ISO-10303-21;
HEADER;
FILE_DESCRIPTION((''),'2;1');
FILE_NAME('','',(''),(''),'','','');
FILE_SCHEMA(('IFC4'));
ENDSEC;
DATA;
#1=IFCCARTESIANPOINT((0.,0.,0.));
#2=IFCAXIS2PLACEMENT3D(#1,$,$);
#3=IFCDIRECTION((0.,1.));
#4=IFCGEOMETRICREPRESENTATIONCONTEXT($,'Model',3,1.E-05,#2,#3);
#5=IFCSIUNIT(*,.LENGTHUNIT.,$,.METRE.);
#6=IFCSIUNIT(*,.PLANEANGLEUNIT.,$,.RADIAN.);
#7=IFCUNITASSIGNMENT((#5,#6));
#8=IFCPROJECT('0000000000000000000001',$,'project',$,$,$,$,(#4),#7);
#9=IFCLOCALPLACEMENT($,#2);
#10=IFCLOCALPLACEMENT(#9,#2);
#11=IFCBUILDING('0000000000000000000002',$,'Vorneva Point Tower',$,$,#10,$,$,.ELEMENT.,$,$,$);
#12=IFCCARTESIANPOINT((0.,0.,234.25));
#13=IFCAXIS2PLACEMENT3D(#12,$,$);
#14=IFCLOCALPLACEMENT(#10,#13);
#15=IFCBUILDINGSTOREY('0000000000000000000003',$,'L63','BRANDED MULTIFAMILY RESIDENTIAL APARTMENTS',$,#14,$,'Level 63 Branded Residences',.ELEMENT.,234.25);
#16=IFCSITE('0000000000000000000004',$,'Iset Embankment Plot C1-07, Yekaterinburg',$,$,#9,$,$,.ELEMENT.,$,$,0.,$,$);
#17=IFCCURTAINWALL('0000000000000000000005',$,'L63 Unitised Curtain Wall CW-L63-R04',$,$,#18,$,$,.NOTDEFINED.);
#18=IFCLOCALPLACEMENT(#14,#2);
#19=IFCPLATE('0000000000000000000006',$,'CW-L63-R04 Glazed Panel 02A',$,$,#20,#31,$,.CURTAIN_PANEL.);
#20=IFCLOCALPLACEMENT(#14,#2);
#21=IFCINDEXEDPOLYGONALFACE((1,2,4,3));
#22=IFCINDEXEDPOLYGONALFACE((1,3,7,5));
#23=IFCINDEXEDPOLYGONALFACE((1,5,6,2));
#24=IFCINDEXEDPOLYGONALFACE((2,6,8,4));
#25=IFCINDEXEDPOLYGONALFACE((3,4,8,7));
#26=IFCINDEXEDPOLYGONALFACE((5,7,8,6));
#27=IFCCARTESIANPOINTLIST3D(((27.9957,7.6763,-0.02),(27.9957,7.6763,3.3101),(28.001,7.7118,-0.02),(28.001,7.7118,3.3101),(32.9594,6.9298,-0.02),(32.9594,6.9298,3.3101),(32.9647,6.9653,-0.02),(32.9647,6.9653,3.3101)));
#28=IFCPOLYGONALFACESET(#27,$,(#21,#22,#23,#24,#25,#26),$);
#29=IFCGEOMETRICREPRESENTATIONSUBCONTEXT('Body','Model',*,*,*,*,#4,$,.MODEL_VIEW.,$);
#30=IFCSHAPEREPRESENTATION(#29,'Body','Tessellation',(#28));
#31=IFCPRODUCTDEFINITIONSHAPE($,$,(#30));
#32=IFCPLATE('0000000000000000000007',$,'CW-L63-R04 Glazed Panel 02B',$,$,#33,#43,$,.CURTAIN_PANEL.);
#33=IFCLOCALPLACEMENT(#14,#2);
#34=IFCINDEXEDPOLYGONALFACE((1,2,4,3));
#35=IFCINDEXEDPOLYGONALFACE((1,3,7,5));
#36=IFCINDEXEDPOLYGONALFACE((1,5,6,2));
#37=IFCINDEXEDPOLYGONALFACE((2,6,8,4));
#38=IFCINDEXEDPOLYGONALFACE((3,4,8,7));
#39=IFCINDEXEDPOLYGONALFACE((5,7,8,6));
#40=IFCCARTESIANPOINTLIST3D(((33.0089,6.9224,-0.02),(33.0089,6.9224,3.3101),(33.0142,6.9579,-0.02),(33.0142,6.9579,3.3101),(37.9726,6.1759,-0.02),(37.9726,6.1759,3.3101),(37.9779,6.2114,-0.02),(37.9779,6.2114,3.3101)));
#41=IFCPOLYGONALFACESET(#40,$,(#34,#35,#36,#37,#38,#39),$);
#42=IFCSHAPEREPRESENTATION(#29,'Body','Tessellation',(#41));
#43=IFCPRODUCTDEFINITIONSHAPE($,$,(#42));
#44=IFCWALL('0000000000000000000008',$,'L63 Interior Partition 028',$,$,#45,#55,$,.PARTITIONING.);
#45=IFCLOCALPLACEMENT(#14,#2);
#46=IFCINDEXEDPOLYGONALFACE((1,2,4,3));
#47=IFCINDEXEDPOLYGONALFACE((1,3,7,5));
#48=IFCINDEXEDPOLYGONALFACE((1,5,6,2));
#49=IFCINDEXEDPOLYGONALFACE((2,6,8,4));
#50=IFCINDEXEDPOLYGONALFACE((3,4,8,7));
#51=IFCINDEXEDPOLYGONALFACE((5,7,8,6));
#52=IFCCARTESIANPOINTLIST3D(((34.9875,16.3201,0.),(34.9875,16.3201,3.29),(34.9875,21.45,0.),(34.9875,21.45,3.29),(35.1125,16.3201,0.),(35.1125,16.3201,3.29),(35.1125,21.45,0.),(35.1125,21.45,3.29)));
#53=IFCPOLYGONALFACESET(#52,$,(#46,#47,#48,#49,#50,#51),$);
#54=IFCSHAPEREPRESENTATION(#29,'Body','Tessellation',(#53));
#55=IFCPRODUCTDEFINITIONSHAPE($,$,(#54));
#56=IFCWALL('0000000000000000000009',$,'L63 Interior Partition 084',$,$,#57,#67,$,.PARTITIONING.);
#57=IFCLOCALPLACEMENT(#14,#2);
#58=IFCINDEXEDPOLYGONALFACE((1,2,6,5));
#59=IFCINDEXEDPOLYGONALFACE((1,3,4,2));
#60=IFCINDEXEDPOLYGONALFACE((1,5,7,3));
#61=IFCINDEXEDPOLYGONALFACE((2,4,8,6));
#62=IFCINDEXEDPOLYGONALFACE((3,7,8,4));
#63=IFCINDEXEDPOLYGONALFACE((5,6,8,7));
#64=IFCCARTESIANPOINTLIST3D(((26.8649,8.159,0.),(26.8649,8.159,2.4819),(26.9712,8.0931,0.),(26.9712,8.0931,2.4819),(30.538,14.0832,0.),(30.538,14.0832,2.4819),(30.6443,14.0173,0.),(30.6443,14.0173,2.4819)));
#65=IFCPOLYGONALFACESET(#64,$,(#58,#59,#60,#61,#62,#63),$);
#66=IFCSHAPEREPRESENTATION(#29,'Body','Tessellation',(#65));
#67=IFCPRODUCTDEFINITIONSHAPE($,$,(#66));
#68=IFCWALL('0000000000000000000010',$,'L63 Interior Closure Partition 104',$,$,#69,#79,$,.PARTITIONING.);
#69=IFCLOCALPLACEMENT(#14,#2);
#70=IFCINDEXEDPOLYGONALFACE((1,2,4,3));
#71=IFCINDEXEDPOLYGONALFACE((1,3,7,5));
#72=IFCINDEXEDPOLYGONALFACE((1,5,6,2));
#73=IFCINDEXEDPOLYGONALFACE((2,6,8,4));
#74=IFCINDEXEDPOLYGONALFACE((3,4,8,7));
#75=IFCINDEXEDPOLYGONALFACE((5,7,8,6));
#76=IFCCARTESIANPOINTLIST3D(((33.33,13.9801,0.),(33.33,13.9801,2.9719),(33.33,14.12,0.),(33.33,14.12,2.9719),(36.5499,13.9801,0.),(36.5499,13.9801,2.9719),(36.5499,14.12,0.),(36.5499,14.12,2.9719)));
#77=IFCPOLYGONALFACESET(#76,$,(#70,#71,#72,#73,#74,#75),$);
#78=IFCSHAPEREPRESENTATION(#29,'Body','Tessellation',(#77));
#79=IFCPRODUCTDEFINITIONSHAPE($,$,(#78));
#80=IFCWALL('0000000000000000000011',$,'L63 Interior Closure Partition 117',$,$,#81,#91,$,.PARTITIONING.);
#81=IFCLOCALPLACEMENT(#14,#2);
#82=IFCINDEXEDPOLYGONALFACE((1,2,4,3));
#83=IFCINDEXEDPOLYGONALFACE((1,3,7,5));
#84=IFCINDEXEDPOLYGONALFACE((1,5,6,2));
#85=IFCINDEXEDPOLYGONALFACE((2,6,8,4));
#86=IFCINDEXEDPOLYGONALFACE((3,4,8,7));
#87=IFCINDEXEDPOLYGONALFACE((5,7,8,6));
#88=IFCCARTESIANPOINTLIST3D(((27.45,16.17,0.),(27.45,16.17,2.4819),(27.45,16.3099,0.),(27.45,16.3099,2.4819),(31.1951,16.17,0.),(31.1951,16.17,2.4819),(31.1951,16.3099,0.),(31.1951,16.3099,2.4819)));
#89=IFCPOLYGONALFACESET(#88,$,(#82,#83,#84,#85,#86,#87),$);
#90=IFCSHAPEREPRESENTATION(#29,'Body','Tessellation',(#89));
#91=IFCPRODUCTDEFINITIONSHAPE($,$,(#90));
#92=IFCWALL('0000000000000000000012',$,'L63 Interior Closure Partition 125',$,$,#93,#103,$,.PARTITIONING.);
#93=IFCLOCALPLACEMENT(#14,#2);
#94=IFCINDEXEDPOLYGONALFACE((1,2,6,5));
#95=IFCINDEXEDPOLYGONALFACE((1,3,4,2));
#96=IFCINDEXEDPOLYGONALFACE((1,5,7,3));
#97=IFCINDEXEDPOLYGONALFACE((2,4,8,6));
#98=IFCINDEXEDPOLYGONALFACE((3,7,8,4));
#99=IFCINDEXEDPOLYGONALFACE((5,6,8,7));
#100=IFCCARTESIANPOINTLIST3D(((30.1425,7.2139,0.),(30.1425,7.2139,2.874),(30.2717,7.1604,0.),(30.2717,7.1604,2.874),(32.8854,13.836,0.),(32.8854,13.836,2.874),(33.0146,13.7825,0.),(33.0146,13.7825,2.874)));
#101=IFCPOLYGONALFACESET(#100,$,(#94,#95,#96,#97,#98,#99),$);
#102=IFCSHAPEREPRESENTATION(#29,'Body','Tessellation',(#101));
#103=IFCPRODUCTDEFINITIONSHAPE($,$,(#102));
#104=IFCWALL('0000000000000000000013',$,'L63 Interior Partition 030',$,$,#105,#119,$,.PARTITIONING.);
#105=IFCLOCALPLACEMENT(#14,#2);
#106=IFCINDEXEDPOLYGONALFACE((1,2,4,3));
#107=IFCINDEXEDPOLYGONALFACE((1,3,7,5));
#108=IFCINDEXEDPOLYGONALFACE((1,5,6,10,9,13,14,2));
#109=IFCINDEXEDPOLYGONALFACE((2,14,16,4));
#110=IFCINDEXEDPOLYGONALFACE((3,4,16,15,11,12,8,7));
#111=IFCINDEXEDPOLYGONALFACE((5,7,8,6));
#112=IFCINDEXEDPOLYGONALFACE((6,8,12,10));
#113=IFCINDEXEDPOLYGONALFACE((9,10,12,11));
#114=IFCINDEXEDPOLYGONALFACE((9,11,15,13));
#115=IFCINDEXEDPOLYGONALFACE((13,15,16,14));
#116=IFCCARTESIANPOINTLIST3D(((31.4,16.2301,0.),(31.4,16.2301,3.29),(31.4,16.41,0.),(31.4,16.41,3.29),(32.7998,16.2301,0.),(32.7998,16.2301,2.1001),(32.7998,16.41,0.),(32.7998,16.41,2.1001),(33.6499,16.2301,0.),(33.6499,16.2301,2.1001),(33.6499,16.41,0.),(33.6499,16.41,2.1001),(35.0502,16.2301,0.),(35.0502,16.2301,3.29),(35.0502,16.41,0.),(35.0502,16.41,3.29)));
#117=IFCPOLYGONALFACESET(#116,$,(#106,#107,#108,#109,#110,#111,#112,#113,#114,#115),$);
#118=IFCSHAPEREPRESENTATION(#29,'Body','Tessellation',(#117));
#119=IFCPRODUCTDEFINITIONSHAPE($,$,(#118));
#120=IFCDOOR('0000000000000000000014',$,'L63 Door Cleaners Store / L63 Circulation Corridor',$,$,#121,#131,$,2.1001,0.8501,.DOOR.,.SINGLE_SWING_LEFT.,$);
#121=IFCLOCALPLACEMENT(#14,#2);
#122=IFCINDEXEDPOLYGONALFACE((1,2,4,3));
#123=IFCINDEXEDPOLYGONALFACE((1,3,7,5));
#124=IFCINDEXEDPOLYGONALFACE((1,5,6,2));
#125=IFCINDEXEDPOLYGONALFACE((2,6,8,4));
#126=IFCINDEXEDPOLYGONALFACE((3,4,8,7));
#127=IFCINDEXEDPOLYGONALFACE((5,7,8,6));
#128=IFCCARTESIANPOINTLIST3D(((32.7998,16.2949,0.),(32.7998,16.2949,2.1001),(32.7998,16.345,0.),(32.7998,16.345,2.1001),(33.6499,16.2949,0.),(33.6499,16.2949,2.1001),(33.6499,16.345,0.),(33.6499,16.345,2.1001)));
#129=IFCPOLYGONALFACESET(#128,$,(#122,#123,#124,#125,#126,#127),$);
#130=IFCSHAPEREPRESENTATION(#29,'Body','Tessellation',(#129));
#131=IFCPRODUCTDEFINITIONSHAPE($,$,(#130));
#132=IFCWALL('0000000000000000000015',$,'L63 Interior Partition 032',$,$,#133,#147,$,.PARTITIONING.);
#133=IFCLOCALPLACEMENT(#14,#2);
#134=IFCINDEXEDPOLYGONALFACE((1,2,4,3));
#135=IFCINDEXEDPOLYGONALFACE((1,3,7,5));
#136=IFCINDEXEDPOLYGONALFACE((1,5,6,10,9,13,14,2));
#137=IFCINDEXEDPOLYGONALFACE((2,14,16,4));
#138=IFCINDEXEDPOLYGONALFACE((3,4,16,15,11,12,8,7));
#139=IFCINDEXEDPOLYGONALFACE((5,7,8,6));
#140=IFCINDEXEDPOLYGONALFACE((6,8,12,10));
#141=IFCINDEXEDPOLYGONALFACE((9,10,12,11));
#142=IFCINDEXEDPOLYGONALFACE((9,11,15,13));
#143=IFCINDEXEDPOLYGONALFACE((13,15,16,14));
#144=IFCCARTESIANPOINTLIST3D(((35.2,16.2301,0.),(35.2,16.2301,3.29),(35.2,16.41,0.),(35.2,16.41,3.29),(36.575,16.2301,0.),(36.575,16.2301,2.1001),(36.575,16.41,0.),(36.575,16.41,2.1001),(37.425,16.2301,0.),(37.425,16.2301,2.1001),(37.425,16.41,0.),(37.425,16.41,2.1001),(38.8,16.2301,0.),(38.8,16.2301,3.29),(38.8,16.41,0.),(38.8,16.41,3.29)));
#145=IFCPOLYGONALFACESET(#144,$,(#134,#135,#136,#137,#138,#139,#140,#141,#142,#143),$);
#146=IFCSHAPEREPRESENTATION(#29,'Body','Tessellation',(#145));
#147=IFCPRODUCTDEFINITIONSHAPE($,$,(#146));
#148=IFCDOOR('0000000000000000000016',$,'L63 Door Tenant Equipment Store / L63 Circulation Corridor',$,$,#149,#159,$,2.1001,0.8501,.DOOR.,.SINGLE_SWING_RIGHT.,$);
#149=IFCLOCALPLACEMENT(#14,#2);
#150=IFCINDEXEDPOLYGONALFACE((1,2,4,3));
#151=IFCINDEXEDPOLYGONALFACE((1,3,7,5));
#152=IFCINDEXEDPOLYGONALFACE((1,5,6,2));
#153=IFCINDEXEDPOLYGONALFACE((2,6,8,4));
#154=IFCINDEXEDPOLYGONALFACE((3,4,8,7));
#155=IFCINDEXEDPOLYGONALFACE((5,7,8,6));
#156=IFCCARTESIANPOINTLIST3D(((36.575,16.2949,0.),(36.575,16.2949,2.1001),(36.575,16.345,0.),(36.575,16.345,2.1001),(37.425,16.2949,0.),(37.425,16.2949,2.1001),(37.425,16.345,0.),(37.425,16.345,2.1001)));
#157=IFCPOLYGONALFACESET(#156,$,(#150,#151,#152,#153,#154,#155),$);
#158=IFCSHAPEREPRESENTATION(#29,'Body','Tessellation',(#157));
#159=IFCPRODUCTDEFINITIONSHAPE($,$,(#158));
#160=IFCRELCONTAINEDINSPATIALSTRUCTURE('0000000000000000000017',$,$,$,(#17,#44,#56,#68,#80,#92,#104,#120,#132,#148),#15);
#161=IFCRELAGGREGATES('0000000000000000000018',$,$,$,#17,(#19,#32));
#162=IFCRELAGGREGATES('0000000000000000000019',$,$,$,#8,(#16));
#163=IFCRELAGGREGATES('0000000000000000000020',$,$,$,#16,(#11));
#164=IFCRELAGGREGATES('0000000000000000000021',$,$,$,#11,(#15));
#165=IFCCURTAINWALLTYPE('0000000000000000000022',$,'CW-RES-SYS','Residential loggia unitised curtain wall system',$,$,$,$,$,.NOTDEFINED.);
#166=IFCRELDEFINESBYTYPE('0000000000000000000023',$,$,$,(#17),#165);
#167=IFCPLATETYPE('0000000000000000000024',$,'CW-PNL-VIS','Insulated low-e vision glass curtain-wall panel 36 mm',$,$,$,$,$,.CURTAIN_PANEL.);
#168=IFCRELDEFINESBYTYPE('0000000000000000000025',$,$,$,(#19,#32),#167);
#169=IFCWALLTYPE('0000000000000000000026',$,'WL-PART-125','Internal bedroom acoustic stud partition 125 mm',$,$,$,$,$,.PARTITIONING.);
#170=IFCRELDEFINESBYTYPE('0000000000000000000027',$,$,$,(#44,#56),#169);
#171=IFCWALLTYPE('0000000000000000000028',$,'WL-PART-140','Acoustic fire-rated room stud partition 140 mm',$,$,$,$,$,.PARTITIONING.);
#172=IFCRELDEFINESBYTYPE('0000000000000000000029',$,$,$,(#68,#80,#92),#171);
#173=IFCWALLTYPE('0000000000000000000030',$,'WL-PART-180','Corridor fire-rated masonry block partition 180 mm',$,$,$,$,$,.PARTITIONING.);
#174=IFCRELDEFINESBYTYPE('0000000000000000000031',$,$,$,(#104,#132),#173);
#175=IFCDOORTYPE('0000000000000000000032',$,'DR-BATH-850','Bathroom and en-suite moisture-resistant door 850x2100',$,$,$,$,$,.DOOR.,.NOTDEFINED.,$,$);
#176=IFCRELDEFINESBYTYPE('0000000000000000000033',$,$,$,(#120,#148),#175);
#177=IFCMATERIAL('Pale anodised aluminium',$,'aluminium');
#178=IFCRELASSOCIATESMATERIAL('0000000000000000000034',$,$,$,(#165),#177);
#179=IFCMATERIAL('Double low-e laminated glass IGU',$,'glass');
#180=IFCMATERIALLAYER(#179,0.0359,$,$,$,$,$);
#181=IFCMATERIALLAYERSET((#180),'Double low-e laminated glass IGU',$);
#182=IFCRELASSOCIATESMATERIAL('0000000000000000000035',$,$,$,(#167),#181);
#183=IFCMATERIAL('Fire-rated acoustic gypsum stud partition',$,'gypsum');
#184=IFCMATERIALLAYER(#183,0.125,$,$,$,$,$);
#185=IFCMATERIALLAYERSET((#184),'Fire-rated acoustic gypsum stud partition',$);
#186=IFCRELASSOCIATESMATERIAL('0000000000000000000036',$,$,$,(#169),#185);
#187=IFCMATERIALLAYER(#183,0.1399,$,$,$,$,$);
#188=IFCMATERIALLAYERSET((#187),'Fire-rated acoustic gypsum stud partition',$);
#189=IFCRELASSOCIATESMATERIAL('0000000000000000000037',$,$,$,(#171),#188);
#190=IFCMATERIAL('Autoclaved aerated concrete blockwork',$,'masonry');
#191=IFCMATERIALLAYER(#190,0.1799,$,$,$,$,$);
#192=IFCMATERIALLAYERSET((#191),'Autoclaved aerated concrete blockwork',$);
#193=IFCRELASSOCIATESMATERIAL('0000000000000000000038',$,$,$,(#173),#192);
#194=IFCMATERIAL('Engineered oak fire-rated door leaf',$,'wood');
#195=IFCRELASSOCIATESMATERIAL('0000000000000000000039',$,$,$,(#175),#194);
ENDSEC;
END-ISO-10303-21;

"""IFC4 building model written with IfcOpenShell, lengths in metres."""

from ifc_helpers import new_model, si_unit, direction, frame, frame_2d, origin, origin_2d, place, context, subcontext, project, spatial, rectangle, extrude, material, layer, layer_set, type_object, element, fill, aggregate, save


model = new_model("IFC4")

# Units and contexts
model_context = context("Model", 3, precision=1e-05, world=origin(), true_north=direction((0.0, 1.0)))
body_context = subcontext(model_context, "Body", "Model", "MODEL_VIEW")
ifc_project = project(units=[si_unit("LENGTHUNIT", "METRE"), si_unit("PLANEANGLEUNIT", "RADIAN")], contexts=[model_context])

# Site, building, storey
site_placement = place(None, origin())
site = spatial("IfcSite", under=ifc_project, at=site_placement, Name="Iset Embankment Plot C1-07, Yekaterinburg", CompositionType="ELEMENT", RefElevation=0.0)
building_placement = place(site_placement, origin())
building = spatial("IfcBuilding", under=site, at=building_placement, Name="Vorneva Point Tower", CompositionType="ELEMENT")
storey_placement = place(building_placement, frame((0.0, 0.0, 234.25)))
storey = spatial("IfcBuildingStorey", under=building, at=storey_placement, Name="L63", Description="BRANDED MULTIFAMILY RESIDENTIAL APARTMENTS", LongName="Level 63 Branded Residences", CompositionType="ELEMENT", Elevation=234.25)

# Curtain wall, plates
ifc_material_1 = material(Name="Pale anodised aluminium", Category="aluminium")
curtain_wall_type = type_object("IfcCurtainWallType", Name="CW-RES-SYS", Description="Residential loggia unitised curtain wall system", PredefinedType="NOTDEFINED", material=ifc_material_1)
curtain_wall_placement = place(storey_placement, origin())
curtain_wall = element("IfcCurtainWall", 1, at=curtain_wall_placement, inside=storey, type_object=curtain_wall_type, Name="L63 Unitised Curtain Wall CW-L63-R04", PredefinedType="NOTDEFINED")
ifc_material_2 = material(Name="Double low-e laminated glass IGU", Category="glass")
ifc_layer_1 = layer(ifc_material_2, 0.0359)
ifc_layer_set_1 = layer_set([ifc_layer_1], Name="Double low-e laminated glass IGU")
plate_type = type_object("IfcPlateType", Name="CW-PNL-VIS", Description="Insulated low-e vision glass curtain-wall panel 36 mm", PredefinedType="CURTAIN_PANEL", material=ifc_layer_set_1)
plate_1_placement = place(storey_placement, frame((30.4802, 7.3208, -0.02), z_axis=(0.0, 0.0, 1.0), x_axis=(0.988879, -0.148724, 0.0)))
plate_1 = element("IfcPlate", 2, at=plate_1_placement, type_object=plate_type, Name="CW-L63-R04 Glazed Panel 02A", PredefinedType="CURTAIN_PANEL", context=body_context, shape_type="SweptSolid", body=[
    extrude(rectangle(XDim=5.0195, YDim=0.0359, at=origin_2d()), origin(), (0.0, 0.0, 1.0), 3.3301),
])
plate_2_placement = place(storey_placement, frame((35.4934, 6.5669, -0.02), z_axis=(0.0, 0.0, 1.0), x_axis=(0.988879, -0.148724, 0.0)))
plate_2 = element("IfcPlate", 3, at=plate_2_placement, type_object=plate_type, Name="CW-L63-R04 Glazed Panel 02B", PredefinedType="CURTAIN_PANEL", context=body_context, shape_type="SweptSolid", body=[
    extrude(rectangle(XDim=5.0195, YDim=0.0359, at=origin_2d()), origin(), (0.0, 0.0, 1.0), 3.3301),
])
aggregate(curtain_wall, [plate_1, plate_2])

# Walls
ifc_material_3 = material(Name="Fire-rated acoustic gypsum stud partition", Category="gypsum")
ifc_layer_2 = layer(ifc_material_3, 0.125)
ifc_layer_set_2 = layer_set([ifc_layer_2], Name="Fire-rated acoustic gypsum stud partition")
wall_type_1 = type_object("IfcWallType", Name="WL-PART-125", Description="Internal bedroom acoustic stud partition 125 mm", PredefinedType="PARTITIONING", material=ifc_layer_set_2)
wall_1_placement = place(storey_placement, frame((35.05, 16.3201, 0.0), z_axis=(0.0, 0.0, 1.0), x_axis=(0.0, 1.0, 0.0)))
element("IfcWall", 4, at=wall_1_placement, inside=storey, type_object=wall_type_1, Name="L63 Interior Partition 028", PredefinedType="PARTITIONING", context=body_context, shape_type="SweptSolid", body=[
    extrude(rectangle(XDim=5.1299, YDim=0.125, at=frame_2d((2.5649, 0.0))), origin(), (0.0, 0.0, 1.0), 3.29),
])
wall_2_placement = place(storey_placement, frame((26.918, 8.126, 0.0), z_axis=(0.0, 0.0, 1.0), x_axis=(0.526957, 0.849892, 0.0)))
element("IfcWall", 5, at=wall_2_placement, inside=storey, type_object=wall_type_1, Name="L63 Interior Partition 084", PredefinedType="PARTITIONING", context=body_context, shape_type="SweptSolid", body=[
    extrude(rectangle(XDim=6.9705, YDim=0.125, at=frame_2d((3.4854, 0.0))), origin(), (0.0, 0.0, 1.0), 2.4819),
])
ifc_layer_3 = layer(ifc_material_3, 0.1399)
ifc_layer_set_3 = layer_set([ifc_layer_3], Name="Fire-rated acoustic gypsum stud partition")
wall_type_2 = type_object("IfcWallType", Name="WL-PART-140", Description="Acoustic fire-rated room stud partition 140 mm", PredefinedType="PARTITIONING", material=ifc_layer_set_3)
wall_3_placement = place(storey_placement, frame((33.3301, 14.05, 0.0), z_axis=(0.0, 0.0, 1.0), x_axis=(1.0, 0.0, 0.0)))
element("IfcWall", 6, at=wall_3_placement, inside=storey, type_object=wall_type_2, Name="L63 Interior Closure Partition 104", PredefinedType="PARTITIONING", context=body_context, shape_type="SweptSolid", body=[
    extrude(rectangle(XDim=3.22, YDim=0.1399, at=frame_2d((1.6099, 0.0))), origin(), (0.0, 0.0, 1.0), 2.9719),
])
wall_4_placement = place(storey_placement, frame((27.45, 16.24, 0.0), z_axis=(0.0, 0.0, 1.0), x_axis=(1.0, 0.0, 0.0)))
element("IfcWall", 7, at=wall_4_placement, inside=storey, type_object=wall_type_2, Name="L63 Interior Closure Partition 117", PredefinedType="PARTITIONING", context=body_context, shape_type="SweptSolid", body=[
    extrude(rectangle(XDim=3.7451, YDim=0.1399, at=frame_2d((1.8726, 0.0))), origin(), (0.0, 0.0, 1.0), 2.4819),
])
wall_5_placement = place(storey_placement, frame((30.207, 7.187, 0.0), z_axis=(0.0, 0.0, 1.0), x_axis=(0.38268, 0.923881, 0.0)))
element("IfcWall", 8, at=wall_5_placement, inside=storey, type_object=wall_type_2, Name="L63 Interior Closure Partition 125", PredefinedType="PARTITIONING", context=body_context, shape_type="SweptSolid", body=[
    extrude(rectangle(XDim=7.1677, YDim=0.1399, at=frame_2d((3.584, 0.0))), origin(), (0.0, 0.0, 1.0), 2.874),
])

# Walls, openings, doors
ifc_material_4 = material(Name="Autoclaved aerated concrete blockwork", Category="masonry")
ifc_layer_4 = layer(ifc_material_4, 0.1799)
ifc_layer_set_4 = layer_set([ifc_layer_4], Name="Autoclaved aerated concrete blockwork")
wall_type_3 = type_object("IfcWallType", Name="WL-PART-180", Description="Corridor fire-rated masonry block partition 180 mm", PredefinedType="PARTITIONING", material=ifc_layer_set_4)
wall_6_placement = place(storey_placement, frame((31.3999, 16.3201, 0.0), z_axis=(0.0, 0.0, 1.0), x_axis=(1.0, 0.0, 0.0)))
wall_6 = element("IfcWall", 9, at=wall_6_placement, inside=storey, type_object=wall_type_3, Name="L63 Interior Partition 030", PredefinedType="PARTITIONING", context=body_context, shape_type="SweptSolid", body=[
    extrude(rectangle(XDim=3.6501, YDim=0.1799, at=frame_2d((1.8252, 0.0))), origin(), (0.0, 0.0, 1.0), 3.29),
])
opening_1_placement = place(wall_6_placement, frame((1.3999, 0.0, 0.0)))
opening_1 = element("IfcOpeningElement", 10, at=opening_1_placement, cuts=wall_6, PredefinedType="OPENING", context=body_context, shape_type="SweptSolid", body=[
    extrude(rectangle(XDim=0.8501, YDim=2.1001, at=frame_2d((0.425, 1.05))), frame((0.0, 0.105, 0.0), z_axis=(0.0, -1.0, 0.0), x_axis=(1.0, 0.0, 0.0)), (0.0, 0.0, 1.0), 0.2097),
])
ifc_material_5 = material(Name="Engineered oak fire-rated door leaf", Category="wood")
door_type = type_object("IfcDoorType", Name="DR-BATH-850", Description="Bathroom and en-suite moisture-resistant door 850x2100", OperationType="NOTDEFINED", PredefinedType="DOOR", material=ifc_material_5)
door_1_placement = place(opening_1_placement, origin())
door_1 = element("IfcDoor", 11, at=door_1_placement, inside=storey, type_object=door_type, Name="L63 Door Cleaners Store / L63 Circulation Corridor", OperationType="SINGLE_SWING_LEFT", OverallHeight=2.1001, OverallWidth=0.8501, PredefinedType="DOOR", context=body_context, shape_type="SweptSolid", body=[
    extrude(rectangle(XDim=0.8501, YDim=2.1001, at=frame_2d((0.425, 1.05))), frame((0.0, 0.0249, 0.0), z_axis=(0.0, -1.0, 0.0), x_axis=(1.0, 0.0, 0.0)), (0.0, 0.0, 1.0), 0.05),
])
fill(opening_1, door_1)
wall_7_placement = place(storey_placement, frame((35.2, 16.3201, 0.0), z_axis=(0.0, 0.0, 1.0), x_axis=(1.0, 0.0, 0.0)))
wall_7 = element("IfcWall", 12, at=wall_7_placement, inside=storey, type_object=wall_type_3, Name="L63 Interior Partition 032", PredefinedType="PARTITIONING", context=body_context, shape_type="SweptSolid", body=[
    extrude(rectangle(XDim=3.6001, YDim=0.1799, at=frame_2d((1.8, 0.0))), origin(), (0.0, 0.0, 1.0), 3.29),
])
opening_2_placement = place(wall_7_placement, frame((1.375, 0.0, 0.0)))
opening_2 = element("IfcOpeningElement", 13, at=opening_2_placement, cuts=wall_7, PredefinedType="OPENING", context=body_context, shape_type="SweptSolid", body=[
    extrude(rectangle(XDim=0.8501, YDim=2.1001, at=frame_2d((0.425, 1.05))), frame((0.0, 0.105, 0.0), z_axis=(0.0, -1.0, 0.0), x_axis=(1.0, 0.0, 0.0)), (0.0, 0.0, 1.0), 0.2097),
])
door_2_placement = place(opening_2_placement, origin())
door_2 = element("IfcDoor", 14, at=door_2_placement, inside=storey, type_object=door_type, Name="L63 Door Tenant Equipment Store / L63 Circulation Corridor", OperationType="SINGLE_SWING_RIGHT", OverallHeight=2.1001, OverallWidth=0.8501, PredefinedType="DOOR", context=body_context, shape_type="SweptSolid", body=[
    extrude(rectangle(XDim=0.8501, YDim=2.1001, at=frame_2d((0.425, 1.05))), frame((0.0, 0.0249, 0.0), z_axis=(0.0, -1.0, 0.0), x_axis=(1.0, 0.0, 0.0)), (0.0, 0.0, 1.0), 0.05),
])
fill(opening_2, door_2)

save(model, "model.ifc")
